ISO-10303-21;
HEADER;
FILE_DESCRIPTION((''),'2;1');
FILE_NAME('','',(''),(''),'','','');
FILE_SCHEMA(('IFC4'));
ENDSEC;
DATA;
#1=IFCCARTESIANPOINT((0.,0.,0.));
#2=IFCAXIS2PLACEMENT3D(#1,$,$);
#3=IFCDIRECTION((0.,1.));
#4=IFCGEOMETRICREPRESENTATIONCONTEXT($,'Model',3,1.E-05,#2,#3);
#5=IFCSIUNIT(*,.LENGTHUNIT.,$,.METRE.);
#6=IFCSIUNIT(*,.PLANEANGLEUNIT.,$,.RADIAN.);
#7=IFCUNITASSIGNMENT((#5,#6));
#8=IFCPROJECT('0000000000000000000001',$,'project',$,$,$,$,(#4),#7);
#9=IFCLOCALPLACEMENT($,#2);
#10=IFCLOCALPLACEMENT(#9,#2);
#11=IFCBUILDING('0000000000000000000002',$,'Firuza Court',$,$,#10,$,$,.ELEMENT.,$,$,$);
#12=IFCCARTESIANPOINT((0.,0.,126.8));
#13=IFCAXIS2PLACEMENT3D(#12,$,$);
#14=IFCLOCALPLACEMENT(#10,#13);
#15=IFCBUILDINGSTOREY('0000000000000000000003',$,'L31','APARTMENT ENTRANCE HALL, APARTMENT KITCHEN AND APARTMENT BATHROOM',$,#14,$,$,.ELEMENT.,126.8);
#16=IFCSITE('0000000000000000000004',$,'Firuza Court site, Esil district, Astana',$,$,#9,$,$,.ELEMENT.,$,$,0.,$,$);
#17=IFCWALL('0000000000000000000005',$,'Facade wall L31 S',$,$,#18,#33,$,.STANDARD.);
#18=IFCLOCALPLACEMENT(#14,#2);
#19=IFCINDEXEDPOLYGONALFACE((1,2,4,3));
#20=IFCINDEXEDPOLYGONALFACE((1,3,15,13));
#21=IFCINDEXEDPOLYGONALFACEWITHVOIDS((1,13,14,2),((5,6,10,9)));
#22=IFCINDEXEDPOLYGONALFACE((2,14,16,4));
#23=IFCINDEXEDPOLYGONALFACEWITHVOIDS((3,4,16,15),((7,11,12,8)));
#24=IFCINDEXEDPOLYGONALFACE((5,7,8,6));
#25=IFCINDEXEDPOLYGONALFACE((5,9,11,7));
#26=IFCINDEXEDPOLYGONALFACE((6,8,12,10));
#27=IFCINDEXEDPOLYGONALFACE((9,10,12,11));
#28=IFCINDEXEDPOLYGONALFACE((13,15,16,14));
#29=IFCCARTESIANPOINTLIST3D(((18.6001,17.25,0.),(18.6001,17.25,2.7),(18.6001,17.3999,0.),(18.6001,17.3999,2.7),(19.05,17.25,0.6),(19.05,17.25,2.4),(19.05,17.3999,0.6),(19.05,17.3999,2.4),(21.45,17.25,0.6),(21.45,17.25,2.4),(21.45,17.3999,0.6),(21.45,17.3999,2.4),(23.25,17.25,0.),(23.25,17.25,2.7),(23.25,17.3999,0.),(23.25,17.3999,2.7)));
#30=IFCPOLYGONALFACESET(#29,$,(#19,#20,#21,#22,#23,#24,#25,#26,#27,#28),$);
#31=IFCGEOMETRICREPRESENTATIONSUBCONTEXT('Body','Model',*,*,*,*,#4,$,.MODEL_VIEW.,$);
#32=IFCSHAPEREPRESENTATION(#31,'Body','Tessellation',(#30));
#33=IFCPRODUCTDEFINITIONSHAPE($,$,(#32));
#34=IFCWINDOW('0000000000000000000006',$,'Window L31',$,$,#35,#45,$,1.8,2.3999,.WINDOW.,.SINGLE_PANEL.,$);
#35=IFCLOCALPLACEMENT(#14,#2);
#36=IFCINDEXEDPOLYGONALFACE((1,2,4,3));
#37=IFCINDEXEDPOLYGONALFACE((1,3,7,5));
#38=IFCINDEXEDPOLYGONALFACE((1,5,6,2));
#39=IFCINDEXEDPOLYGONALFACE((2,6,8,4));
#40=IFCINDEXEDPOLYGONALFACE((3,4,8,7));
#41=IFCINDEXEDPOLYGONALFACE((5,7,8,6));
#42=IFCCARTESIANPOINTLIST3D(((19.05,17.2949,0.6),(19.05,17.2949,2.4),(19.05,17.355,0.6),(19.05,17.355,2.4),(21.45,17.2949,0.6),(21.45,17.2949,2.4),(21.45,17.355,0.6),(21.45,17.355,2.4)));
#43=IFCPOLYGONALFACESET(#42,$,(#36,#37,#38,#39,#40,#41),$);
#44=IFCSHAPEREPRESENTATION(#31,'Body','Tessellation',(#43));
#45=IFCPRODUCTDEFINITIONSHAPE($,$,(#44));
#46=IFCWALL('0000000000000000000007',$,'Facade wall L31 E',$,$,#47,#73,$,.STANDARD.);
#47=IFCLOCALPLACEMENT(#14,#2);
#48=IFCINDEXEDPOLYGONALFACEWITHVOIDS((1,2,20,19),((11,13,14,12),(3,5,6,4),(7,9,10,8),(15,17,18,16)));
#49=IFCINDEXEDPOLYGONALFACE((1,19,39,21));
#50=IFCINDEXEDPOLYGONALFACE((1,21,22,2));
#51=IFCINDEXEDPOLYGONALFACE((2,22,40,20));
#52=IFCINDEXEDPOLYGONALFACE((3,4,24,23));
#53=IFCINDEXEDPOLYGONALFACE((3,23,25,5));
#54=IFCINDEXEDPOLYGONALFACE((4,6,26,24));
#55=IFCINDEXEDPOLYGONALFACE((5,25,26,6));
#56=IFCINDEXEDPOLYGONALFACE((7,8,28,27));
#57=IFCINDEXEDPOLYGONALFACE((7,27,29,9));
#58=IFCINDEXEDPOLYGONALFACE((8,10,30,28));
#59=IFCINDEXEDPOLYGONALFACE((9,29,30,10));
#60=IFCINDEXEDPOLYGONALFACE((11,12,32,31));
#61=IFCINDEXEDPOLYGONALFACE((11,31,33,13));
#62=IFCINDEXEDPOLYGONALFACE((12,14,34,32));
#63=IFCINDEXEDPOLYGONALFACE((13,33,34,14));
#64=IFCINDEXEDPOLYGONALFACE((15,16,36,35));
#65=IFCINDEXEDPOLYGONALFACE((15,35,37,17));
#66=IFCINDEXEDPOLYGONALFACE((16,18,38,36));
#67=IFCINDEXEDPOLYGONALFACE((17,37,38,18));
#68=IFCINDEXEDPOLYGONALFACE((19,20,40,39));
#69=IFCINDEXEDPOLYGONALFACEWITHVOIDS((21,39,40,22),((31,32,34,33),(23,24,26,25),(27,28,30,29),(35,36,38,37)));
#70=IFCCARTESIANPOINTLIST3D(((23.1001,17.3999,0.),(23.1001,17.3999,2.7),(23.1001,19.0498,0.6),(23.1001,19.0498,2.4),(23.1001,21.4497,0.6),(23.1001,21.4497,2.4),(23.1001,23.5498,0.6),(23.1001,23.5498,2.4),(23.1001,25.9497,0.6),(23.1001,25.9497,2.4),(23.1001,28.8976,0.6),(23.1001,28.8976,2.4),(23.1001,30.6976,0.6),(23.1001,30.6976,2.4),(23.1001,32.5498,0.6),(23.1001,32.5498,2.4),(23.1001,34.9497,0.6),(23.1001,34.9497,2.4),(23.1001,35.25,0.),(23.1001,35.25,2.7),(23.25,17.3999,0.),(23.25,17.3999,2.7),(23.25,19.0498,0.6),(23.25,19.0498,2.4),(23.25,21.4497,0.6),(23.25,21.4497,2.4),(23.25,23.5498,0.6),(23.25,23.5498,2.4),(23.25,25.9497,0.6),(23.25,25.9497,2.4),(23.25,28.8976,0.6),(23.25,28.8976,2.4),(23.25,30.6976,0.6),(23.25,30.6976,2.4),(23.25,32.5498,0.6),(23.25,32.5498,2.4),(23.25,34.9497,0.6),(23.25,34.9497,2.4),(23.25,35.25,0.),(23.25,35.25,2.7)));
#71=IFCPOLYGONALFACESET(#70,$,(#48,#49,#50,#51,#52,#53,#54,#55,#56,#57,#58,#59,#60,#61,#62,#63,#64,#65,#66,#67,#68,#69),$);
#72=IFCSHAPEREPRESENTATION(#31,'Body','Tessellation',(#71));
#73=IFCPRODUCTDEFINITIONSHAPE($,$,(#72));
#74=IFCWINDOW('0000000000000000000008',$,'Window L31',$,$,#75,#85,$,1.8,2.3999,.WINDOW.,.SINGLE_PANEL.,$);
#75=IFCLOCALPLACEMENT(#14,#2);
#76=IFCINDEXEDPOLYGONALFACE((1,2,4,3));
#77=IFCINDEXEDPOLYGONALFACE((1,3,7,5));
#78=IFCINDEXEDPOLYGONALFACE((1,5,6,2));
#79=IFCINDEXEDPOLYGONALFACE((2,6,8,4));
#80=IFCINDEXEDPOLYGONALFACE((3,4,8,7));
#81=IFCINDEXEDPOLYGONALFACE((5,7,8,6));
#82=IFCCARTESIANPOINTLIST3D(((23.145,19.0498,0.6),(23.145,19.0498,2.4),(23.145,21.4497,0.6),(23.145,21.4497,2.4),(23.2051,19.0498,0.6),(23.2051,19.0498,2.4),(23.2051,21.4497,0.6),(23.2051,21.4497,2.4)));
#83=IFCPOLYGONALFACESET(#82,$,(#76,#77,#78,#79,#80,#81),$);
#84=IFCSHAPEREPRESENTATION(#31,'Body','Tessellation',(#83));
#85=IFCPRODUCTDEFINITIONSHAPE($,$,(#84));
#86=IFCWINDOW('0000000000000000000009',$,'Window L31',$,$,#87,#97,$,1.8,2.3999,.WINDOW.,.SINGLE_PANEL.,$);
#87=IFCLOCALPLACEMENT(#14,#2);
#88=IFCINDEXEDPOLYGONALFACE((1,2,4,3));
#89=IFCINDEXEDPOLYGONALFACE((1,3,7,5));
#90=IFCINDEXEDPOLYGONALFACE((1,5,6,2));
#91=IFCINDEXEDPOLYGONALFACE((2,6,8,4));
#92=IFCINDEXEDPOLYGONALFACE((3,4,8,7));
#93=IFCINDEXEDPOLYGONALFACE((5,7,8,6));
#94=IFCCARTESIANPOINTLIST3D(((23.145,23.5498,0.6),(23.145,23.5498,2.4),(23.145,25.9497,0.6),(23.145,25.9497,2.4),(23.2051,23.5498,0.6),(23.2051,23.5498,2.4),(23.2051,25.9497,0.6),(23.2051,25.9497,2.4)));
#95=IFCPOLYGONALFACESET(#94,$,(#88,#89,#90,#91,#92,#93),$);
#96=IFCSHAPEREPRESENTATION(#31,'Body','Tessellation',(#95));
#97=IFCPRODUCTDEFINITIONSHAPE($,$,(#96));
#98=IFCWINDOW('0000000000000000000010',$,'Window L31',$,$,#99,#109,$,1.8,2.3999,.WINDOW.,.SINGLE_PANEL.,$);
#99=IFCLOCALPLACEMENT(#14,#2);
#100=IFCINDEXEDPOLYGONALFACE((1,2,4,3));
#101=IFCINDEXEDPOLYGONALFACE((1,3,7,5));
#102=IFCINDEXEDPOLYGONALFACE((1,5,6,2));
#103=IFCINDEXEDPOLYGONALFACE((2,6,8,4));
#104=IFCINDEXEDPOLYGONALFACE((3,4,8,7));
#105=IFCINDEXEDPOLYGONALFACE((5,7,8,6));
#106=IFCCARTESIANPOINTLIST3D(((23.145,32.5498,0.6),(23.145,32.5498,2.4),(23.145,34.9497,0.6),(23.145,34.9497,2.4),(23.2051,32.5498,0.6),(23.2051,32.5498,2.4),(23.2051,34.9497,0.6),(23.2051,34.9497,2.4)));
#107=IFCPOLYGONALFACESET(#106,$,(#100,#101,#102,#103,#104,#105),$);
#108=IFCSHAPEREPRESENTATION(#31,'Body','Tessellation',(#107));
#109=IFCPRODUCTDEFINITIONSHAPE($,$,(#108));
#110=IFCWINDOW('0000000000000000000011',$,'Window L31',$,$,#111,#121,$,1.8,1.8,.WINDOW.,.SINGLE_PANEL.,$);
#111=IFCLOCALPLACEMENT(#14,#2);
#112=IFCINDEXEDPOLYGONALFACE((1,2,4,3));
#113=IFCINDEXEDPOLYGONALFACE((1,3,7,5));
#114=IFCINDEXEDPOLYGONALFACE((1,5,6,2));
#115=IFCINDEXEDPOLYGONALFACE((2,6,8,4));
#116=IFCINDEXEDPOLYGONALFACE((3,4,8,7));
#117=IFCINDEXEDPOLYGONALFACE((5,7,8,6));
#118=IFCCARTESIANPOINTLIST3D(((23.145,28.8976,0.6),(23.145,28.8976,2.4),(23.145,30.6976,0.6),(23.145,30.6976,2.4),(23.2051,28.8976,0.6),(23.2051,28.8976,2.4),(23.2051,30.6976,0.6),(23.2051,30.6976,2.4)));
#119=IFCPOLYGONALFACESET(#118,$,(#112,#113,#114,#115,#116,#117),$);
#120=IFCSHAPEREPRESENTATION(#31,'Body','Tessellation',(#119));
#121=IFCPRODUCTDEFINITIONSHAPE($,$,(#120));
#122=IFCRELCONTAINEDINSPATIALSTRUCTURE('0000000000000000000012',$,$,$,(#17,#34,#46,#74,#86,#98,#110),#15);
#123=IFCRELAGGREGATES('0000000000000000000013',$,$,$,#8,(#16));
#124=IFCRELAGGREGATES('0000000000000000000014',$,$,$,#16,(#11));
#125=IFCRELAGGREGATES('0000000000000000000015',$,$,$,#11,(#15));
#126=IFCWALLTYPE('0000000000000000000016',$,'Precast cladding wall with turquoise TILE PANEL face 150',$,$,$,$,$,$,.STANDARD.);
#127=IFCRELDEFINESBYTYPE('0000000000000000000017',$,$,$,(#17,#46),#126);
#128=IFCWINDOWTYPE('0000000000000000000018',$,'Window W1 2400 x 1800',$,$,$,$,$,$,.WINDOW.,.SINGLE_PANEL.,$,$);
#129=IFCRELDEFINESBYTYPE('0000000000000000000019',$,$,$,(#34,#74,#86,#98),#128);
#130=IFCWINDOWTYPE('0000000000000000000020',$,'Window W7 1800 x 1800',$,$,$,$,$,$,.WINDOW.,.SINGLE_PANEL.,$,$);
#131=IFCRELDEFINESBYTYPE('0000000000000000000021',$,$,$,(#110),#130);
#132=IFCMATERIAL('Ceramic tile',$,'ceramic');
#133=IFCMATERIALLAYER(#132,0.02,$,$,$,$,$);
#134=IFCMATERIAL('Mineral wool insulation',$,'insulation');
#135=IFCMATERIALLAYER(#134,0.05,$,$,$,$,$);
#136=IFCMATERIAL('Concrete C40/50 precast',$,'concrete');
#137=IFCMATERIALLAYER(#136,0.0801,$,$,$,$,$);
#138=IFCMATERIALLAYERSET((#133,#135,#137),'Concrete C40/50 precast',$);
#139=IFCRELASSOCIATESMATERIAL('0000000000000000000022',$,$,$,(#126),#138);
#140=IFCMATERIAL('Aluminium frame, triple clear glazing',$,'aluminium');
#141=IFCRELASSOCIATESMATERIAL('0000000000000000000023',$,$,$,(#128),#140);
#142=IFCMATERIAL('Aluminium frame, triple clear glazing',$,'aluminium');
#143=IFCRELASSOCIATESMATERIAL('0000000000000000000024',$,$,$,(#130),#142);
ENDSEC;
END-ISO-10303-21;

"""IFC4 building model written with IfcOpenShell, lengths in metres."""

from ifc_helpers import new_model, si_unit, direction, frame, frame_2d, origin, place, context, subcontext, project, spatial, rectangle, extrude, material, layer, layer_set, type_object, element, fill, save


model = new_model("IFC4")

# Units and contexts
model_context = context("Model", 3, precision=1e-05, world=origin(), true_north=direction((0.0, 1.0)))
body_context = subcontext(model_context, "Body", "Model", "MODEL_VIEW")
ifc_project = project(units=[si_unit("LENGTHUNIT", "METRE"), si_unit("PLANEANGLEUNIT", "RADIAN")], contexts=[model_context])

# Site, building, storey
site_placement = place(None, origin())
site = spatial("IfcSite", under=ifc_project, at=site_placement, Name="Firuza Court site, Esil district, Astana", CompositionType="ELEMENT", RefElevation=0.0)
building_placement = place(site_placement, origin())
building = spatial("IfcBuilding", under=site, at=building_placement, Name="Firuza Court", CompositionType="ELEMENT")
storey_placement = place(building_placement, frame((0.0, 0.0, 126.8)))
storey = spatial("IfcBuildingStorey", under=building, at=storey_placement, Name="L31", Description="APARTMENT ENTRANCE HALL, APARTMENT KITCHEN AND APARTMENT BATHROOM", CompositionType="ELEMENT", Elevation=126.8)

# Shared definitions
ifc_material_1 = material(Name="Ceramic tile", Category="ceramic")
ifc_layer_1 = layer(ifc_material_1, 0.02)
ifc_material_2 = material(Name="Mineral wool insulation", Category="insulation")
ifc_layer_2 = layer(ifc_material_2, 0.05)
ifc_material_3 = material(Name="Concrete C40/50 precast", Category="concrete")
ifc_layer_3 = layer(ifc_material_3, 0.0801)
ifc_layer_set_1 = layer_set([ifc_layer_1, ifc_layer_2, ifc_layer_3], Name="Concrete C40/50 precast")
wall_type_1 = type_object("IfcWallType", Name="Precast cladding wall with turquoise TILE PANEL face 150", PredefinedType="STANDARD", material=ifc_layer_set_1)
ifc_material_4 = material(Name="Aluminium frame, triple clear glazing", Category="aluminium")
window_type_1 = type_object("IfcWindowType", Name="Window W1 2400 x 1800", PartitioningType="SINGLE_PANEL", PredefinedType="WINDOW", material=ifc_material_4)

# Wall, opening, window
wall_1_placement = place(storey_placement, frame((18.6001, 17.325, 0.0), z_axis=(0.0, 0.0, 1.0), x_axis=(1.0, 0.0, 0.0)))
wall_1 = element("IfcWall", 1, at=wall_1_placement, inside=storey, type_object=wall_type_1, Name="Facade wall L31 S", PredefinedType="STANDARD", context=body_context, shape_type="SweptSolid", body=[
    extrude(rectangle(XDim=4.6499, YDim=0.1499, at=frame_2d((2.325, 0.0))), origin(), (0.0, 0.0, 1.0), 2.7),
])
opening_1_placement = place(wall_1_placement, frame((0.45, 0.0, 0.6001)))
opening_1 = element("IfcOpeningElement", 2, at=opening_1_placement, cuts=wall_1, PredefinedType="OPENING", context=body_context, shape_type="SweptSolid", body=[
    extrude(rectangle(XDim=2.3999, YDim=1.8, at=frame_2d((1.2, 0.8999))), frame((0.0, 0.0869, 0.0), z_axis=(0.0, -1.0, 0.0), x_axis=(1.0, 0.0, 0.0)), (0.0, 0.0, 1.0), 0.1738),
])
window_1_placement = place(opening_1_placement, origin())
window_1 = element("IfcWindow", 3, at=window_1_placement, inside=storey, type_object=window_type_1, Name="Window L31", OverallHeight=1.8, OverallWidth=2.3999, PartitioningType="SINGLE_PANEL", PredefinedType="WINDOW", context=body_context, shape_type="SweptSolid", body=[
    extrude(rectangle(XDim=2.3999, YDim=1.8, at=frame_2d((1.2, 0.8999))), frame((0.0, 0.03, 0.0), z_axis=(0.0, -1.0, 0.0), x_axis=(1.0, 0.0, 0.0)), (0.0, 0.0, 1.0), 0.0601),
])
fill(opening_1, window_1)

# Wall, openings, windows
wall_2_placement = place(storey_placement, frame((23.175, 17.3999, 0.0), z_axis=(0.0, 0.0, 1.0), x_axis=(0.0, 1.0, 0.0)))
wall_2 = element("IfcWall", 4, at=wall_2_placement, inside=storey, type_object=wall_type_1, Name="Facade wall L31 E", PredefinedType="STANDARD", context=body_context, shape_type="SweptSolid", body=[
    extrude(rectangle(XDim=17.8501, YDim=0.1499, at=frame_2d((8.925, 0.0))), origin(), (0.0, 0.0, 1.0), 2.7),
])
opening_2_placement = place(wall_2_placement, frame((1.6499, 0.0, 0.6001)))
opening_2 = element("IfcOpeningElement", 5, at=opening_2_placement, cuts=wall_2, PredefinedType="OPENING", context=body_context, shape_type="SweptSolid", body=[
    extrude(rectangle(XDim=2.3999, YDim=1.8, at=frame_2d((1.2, 0.8999))), frame((0.0, 0.0869, 0.0), z_axis=(0.0, -1.0, 0.0), x_axis=(1.0, 0.0, 0.0)), (0.0, 0.0, 1.0), 0.1738),
])
opening_3_placement = place(wall_2_placement, frame((6.1499, 0.0, 0.6001)))
opening_3 = element("IfcOpeningElement", 6, at=opening_3_placement, cuts=wall_2, PredefinedType="OPENING", context=body_context, shape_type="SweptSolid", body=[
    extrude(rectangle(XDim=2.3999, YDim=1.8, at=frame_2d((1.2, 0.8999))), frame((0.0, 0.0869, 0.0), z_axis=(0.0, -1.0, 0.0), x_axis=(1.0, 0.0, 0.0)), (0.0, 0.0, 1.0), 0.1738),
])
opening_4_placement = place(wall_2_placement, frame((11.4978, 0.0, 0.6001)))
opening_4 = element("IfcOpeningElement", 7, at=opening_4_placement, cuts=wall_2, PredefinedType="OPENING", context=body_context, shape_type="SweptSolid", body=[
    extrude(rectangle(XDim=1.8, YDim=1.8, at=frame_2d((0.8999, 0.8999))), frame((0.0, 0.0869, 0.0), z_axis=(0.0, -1.0, 0.0), x_axis=(1.0, 0.0, 0.0)), (0.0, 0.0, 1.0), 0.1738),
])
opening_5_placement = place(wall_2_placement, frame((15.1499, 0.0, 0.6001)))
opening_5 = element("IfcOpeningElement", 8, at=opening_5_placement, cuts=wall_2, PredefinedType="OPENING", context=body_context, shape_type="SweptSolid", body=[
    extrude(rectangle(XDim=2.3999, YDim=1.8, at=frame_2d((1.2, 0.8999))), frame((0.0, 0.0869, 0.0), z_axis=(0.0, -1.0, 0.0), x_axis=(1.0, 0.0, 0.0)), (0.0, 0.0, 1.0), 0.1738),
])
window_2_placement = place(opening_2_placement, origin())
window_2 = element("IfcWindow", 9, at=window_2_placement, inside=storey, type_object=window_type_1, Name="Window L31", OverallHeight=1.8, OverallWidth=2.3999, PartitioningType="SINGLE_PANEL", PredefinedType="WINDOW", context=body_context, shape_type="SweptSolid", body=[
    extrude(rectangle(XDim=2.3999, YDim=1.8, at=frame_2d((1.2, 0.8999))), frame((0.0, 0.03, 0.0), z_axis=(0.0, -1.0, 0.0), x_axis=(1.0, 0.0, 0.0)), (0.0, 0.0, 1.0), 0.0601),
])
fill(opening_2, window_2)
window_3_placement = place(opening_3_placement, origin())
window_3 = element("IfcWindow", 10, at=window_3_placement, inside=storey, type_object=window_type_1, Name="Window L31", OverallHeight=1.8, OverallWidth=2.3999, PartitioningType="SINGLE_PANEL", PredefinedType="WINDOW", context=body_context, shape_type="SweptSolid", body=[
    extrude(rectangle(XDim=2.3999, YDim=1.8, at=frame_2d((1.2, 0.8999))), frame((0.0, 0.03, 0.0), z_axis=(0.0, -1.0, 0.0), x_axis=(1.0, 0.0, 0.0)), (0.0, 0.0, 1.0), 0.0601),
])
fill(opening_3, window_3)
window_4_placement = place(opening_5_placement, origin())
window_4 = element("IfcWindow", 11, at=window_4_placement, inside=storey, type_object=window_type_1, Name="Window L31", OverallHeight=1.8, OverallWidth=2.3999, PartitioningType="SINGLE_PANEL", PredefinedType="WINDOW", context=body_context, shape_type="SweptSolid", body=[
    extrude(rectangle(XDim=2.3999, YDim=1.8, at=frame_2d((1.2, 0.8999))), frame((0.0, 0.03, 0.0), z_axis=(0.0, -1.0, 0.0), x_axis=(1.0, 0.0, 0.0)), (0.0, 0.0, 1.0), 0.0601),
])
fill(opening_5, window_4)
ifc_material_5 = material(Name="Aluminium frame, triple clear glazing", Category="aluminium")
window_type_2 = type_object("IfcWindowType", Name="Window W7 1800 x 1800", PartitioningType="SINGLE_PANEL", PredefinedType="WINDOW", material=ifc_material_5)
window_5_placement = place(opening_4_placement, origin())
window_5 = element("IfcWindow", 12, at=window_5_placement, inside=storey, type_object=window_type_2, Name="Window L31", OverallHeight=1.8, OverallWidth=1.8, PartitioningType="SINGLE_PANEL", PredefinedType="WINDOW", context=body_context, shape_type="SweptSolid", body=[
    extrude(rectangle(XDim=1.8, YDim=1.8, at=frame_2d((0.8999, 0.8999))), frame((0.0, 0.03, 0.0), z_axis=(0.0, -1.0, 0.0), x_axis=(1.0, 0.0, 0.0)), (0.0, 0.0, 1.0), 0.0601),
])
fill(opening_4, window_5)

save(model, "model.ifc")
